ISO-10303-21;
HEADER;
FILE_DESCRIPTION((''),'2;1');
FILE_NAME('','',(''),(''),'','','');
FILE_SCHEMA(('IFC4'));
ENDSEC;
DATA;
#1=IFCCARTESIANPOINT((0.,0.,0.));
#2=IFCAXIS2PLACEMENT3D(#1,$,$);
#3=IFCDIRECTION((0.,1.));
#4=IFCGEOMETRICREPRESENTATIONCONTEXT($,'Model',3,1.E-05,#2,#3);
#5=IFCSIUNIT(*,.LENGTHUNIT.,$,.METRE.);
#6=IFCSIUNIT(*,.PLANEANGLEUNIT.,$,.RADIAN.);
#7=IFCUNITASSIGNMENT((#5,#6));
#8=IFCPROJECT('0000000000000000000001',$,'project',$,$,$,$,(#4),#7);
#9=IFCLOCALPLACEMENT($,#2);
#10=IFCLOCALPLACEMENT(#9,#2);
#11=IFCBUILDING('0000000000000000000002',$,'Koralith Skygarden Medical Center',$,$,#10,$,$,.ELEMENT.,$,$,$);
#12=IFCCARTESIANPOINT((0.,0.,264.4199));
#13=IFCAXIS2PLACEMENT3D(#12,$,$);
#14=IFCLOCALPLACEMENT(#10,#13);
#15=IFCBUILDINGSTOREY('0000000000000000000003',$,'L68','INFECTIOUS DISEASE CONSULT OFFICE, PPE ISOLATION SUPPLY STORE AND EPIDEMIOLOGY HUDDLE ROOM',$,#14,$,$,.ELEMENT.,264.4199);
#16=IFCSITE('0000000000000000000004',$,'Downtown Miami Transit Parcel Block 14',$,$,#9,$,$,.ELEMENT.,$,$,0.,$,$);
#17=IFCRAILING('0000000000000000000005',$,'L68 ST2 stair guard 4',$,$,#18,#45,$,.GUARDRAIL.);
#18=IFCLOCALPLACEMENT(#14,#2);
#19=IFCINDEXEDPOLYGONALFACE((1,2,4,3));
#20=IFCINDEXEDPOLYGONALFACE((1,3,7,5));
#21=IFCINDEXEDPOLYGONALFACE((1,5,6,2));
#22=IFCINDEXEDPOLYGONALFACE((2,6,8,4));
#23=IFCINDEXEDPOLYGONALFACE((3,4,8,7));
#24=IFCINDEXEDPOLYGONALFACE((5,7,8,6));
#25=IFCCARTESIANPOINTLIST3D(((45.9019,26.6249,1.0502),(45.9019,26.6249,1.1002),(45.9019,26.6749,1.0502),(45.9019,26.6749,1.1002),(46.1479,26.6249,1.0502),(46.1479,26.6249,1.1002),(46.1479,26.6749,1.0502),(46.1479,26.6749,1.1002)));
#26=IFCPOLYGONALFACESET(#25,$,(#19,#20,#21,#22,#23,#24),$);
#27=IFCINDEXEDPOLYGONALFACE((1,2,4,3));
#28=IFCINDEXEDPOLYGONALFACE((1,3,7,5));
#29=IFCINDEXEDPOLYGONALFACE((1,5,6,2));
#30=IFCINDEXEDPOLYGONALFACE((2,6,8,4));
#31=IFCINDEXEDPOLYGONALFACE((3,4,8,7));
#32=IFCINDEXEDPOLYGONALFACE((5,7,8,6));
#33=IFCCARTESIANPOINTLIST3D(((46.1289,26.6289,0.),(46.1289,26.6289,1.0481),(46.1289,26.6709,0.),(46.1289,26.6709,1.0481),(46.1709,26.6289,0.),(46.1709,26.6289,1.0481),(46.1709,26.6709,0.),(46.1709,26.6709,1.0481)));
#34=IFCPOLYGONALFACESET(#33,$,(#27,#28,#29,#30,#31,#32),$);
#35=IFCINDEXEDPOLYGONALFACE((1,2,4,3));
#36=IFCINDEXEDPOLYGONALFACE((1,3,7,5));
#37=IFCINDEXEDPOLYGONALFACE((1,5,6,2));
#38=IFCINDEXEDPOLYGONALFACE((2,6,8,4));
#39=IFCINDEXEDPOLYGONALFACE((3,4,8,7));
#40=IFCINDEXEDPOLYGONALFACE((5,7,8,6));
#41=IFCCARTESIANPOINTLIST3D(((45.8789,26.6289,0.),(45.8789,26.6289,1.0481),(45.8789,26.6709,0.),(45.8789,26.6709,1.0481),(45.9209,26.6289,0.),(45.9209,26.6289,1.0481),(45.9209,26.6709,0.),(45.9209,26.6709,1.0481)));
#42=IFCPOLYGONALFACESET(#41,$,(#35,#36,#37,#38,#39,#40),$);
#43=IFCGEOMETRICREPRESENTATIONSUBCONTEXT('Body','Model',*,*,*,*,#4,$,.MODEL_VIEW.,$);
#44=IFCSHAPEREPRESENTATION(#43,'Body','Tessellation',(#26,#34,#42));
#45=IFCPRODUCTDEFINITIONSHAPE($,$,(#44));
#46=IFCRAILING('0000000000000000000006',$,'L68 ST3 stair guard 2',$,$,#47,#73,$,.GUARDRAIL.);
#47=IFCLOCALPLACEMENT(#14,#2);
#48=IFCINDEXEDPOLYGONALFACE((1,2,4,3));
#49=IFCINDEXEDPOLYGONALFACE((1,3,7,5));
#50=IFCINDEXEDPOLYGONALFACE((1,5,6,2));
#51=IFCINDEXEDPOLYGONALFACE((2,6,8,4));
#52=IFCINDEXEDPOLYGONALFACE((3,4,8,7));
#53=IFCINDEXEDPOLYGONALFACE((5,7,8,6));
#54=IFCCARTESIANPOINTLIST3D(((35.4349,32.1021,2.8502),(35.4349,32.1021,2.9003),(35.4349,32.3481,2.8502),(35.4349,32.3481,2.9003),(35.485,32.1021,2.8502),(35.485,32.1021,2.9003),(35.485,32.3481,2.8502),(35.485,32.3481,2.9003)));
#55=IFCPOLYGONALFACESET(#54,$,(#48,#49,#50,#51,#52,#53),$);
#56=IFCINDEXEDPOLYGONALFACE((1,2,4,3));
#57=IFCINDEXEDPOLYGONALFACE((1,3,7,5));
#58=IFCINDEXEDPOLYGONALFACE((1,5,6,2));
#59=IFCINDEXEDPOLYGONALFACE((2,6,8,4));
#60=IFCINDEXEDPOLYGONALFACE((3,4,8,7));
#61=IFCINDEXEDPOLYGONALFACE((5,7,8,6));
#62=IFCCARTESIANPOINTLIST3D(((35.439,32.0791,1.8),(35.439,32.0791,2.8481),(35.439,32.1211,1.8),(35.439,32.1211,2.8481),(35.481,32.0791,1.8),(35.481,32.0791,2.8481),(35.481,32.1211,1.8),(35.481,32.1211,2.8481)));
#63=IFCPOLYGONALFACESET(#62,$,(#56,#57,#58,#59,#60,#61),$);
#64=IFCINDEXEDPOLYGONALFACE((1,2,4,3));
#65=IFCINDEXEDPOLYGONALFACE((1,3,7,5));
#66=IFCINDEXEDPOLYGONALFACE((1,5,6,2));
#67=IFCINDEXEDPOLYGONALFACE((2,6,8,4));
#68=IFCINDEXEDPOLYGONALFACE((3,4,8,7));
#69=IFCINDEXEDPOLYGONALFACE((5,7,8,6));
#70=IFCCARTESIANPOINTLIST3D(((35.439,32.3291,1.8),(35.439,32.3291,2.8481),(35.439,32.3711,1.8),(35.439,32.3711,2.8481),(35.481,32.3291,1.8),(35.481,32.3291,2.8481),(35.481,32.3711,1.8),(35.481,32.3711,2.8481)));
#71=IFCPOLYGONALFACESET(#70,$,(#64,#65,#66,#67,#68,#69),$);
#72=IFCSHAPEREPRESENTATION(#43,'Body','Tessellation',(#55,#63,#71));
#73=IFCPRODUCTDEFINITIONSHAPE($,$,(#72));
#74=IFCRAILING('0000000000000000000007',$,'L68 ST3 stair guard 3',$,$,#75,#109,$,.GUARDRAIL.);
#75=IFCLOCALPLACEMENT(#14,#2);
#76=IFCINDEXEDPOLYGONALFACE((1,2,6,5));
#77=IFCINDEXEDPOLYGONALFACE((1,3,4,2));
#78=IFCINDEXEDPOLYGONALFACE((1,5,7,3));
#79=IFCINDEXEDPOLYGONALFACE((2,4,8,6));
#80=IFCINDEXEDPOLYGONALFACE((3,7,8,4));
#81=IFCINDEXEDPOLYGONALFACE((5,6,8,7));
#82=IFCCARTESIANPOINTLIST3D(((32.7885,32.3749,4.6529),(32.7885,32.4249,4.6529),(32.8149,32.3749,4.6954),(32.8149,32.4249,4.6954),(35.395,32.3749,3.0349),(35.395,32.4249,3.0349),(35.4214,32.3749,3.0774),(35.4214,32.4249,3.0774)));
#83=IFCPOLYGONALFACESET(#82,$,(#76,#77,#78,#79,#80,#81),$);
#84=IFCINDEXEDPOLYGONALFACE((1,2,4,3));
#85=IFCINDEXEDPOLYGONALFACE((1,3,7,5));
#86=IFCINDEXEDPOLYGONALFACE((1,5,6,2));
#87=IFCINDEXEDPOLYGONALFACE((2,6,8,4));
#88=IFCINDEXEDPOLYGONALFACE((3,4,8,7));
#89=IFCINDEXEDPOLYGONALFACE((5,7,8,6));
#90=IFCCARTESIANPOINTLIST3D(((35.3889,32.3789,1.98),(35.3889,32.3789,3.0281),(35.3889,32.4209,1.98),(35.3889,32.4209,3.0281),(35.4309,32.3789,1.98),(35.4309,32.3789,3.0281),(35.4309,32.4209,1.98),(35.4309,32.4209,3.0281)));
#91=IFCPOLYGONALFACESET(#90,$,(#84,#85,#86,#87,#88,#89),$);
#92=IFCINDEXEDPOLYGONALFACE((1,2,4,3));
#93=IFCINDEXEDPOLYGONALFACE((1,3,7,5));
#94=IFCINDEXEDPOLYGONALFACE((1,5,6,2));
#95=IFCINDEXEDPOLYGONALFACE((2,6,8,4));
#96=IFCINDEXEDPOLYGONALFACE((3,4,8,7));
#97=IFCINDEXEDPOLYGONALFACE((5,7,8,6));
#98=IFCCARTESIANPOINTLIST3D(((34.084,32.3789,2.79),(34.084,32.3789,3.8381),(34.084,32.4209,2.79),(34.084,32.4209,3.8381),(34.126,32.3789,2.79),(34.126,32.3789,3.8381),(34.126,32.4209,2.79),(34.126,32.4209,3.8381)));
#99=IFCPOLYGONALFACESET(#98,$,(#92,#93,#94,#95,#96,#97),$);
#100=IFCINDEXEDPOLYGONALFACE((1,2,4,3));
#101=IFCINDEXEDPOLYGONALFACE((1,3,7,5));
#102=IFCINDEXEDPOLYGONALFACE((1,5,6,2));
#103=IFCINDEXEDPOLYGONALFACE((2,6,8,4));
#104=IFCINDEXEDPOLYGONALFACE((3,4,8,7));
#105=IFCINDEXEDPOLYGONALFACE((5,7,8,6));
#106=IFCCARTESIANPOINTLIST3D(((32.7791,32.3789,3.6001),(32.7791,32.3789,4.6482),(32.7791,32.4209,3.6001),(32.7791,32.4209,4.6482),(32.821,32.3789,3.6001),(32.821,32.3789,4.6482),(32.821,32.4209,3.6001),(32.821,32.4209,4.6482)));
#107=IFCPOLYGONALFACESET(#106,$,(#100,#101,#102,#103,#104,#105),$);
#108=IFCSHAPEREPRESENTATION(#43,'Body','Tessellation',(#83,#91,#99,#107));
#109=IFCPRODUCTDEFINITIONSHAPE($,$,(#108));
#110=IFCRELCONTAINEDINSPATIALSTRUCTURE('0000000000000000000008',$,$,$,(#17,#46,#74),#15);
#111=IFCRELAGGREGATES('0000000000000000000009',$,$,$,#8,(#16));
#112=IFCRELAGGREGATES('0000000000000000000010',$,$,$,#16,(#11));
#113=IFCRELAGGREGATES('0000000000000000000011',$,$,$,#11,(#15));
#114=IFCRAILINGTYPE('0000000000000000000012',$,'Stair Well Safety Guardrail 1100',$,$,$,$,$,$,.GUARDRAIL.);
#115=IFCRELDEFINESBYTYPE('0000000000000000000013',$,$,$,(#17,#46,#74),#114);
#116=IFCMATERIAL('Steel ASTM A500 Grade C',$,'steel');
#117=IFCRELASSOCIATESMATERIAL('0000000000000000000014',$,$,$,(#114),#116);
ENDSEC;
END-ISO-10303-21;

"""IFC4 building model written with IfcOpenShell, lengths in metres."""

from ifc_helpers import new_model, si_unit, direction, frame, origin, origin_2d, place, context, subcontext, project, spatial, rectangle, extrude, material, type_object, element, save


model = new_model("IFC4")

# Units and contexts
model_context = context("Model", 3, precision=1e-05, world=origin(), true_north=direction((0.0, 1.0)))
body_context = subcontext(model_context, "Body", "Model", "MODEL_VIEW")
ifc_project = project(units=[si_unit("LENGTHUNIT", "METRE"), si_unit("PLANEANGLEUNIT", "RADIAN")], contexts=[model_context])

# Site, building, storey
site_placement = place(None, origin())
site = spatial("IfcSite", under=ifc_project, at=site_placement, Name="Downtown Miami Transit Parcel Block 14", CompositionType="ELEMENT", RefElevation=0.0)
building_placement = place(site_placement, origin())
building = spatial("IfcBuilding", under=site, at=building_placement, Name="Koralith Skygarden Medical Center", CompositionType="ELEMENT")
storey_placement = place(building_placement, frame((0.0, 0.0, 264.4199)))
storey = spatial("IfcBuildingStorey", under=building, at=storey_placement, Name="L68", Description="INFECTIOUS DISEASE CONSULT OFFICE, PPE ISOLATION SUPPLY STORE AND EPIDEMIOLOGY HUDDLE ROOM", CompositionType="ELEMENT", Elevation=264.4199)

# Railings
ifc_material_1 = material(Name="Steel ASTM A500 Grade C", Category="steel")
railing_type_1 = type_object("IfcRailingType", Name="Stair Well Safety Guardrail 1100", PredefinedType="GUARDRAIL", material=ifc_material_1)
railing_1_placement = place(storey_placement, frame((46.1499, 26.6499, 0.0)))
element("IfcRailing", 1, at=railing_1_placement, inside=storey, type_object=railing_type_1, Name="L68 ST2 stair guard 4", PredefinedType="GUARDRAIL", context=body_context, shape_type="SweptSolid", body=[
    extrude(rectangle(XDim=0.05, YDim=0.05, at=origin_2d()), frame((-0.002, 0.0, 1.0752), z_axis=(-1.0, 0.0, 0.0), x_axis=(0.0, -1.0, 0.0)), (0.0, 0.0, 1.0), 0.2461),
    extrude(rectangle(XDim=0.042, YDim=0.042, at=origin_2d()), origin(), (0.0, 0.0, 1.0), 1.0481),
    extrude(rectangle(XDim=0.042, YDim=0.042, at=origin_2d()), frame((-0.25, 0.0, 0.0)), (0.0, 0.0, 1.0), 1.0481),
])
railing_2_placement = place(storey_placement, frame((35.46, 32.1001, 1.8)))
element("IfcRailing", 2, at=railing_2_placement, inside=storey, type_object=railing_type_1, Name="L68 ST3 stair guard 2", PredefinedType="GUARDRAIL", context=body_context, shape_type="SweptSolid", body=[
    extrude(rectangle(XDim=0.05, YDim=0.05, at=origin_2d()), frame((0.0, 0.002, 1.0752), z_axis=(0.0, 1.0, 0.0), x_axis=(-1.0, 0.0, 0.0)), (0.0, 0.0, 1.0), 0.2461),
    extrude(rectangle(XDim=0.042, YDim=0.042, at=origin_2d()), origin(), (0.0, 0.0, 1.0), 1.0481),
    extrude(rectangle(XDim=0.042, YDim=0.042, at=origin_2d()), frame((0.0, 0.25, 0.0)), (0.0, 0.0, 1.0), 1.0481),
])
railing_3_placement = place(storey_placement, frame((35.4099, 32.3999, 1.98)))
element("IfcRailing", 3, at=railing_3_placement, inside=storey, type_object=railing_type_1, Name="L68 ST3 stair guard 3", PredefinedType="GUARDRAIL", context=body_context, shape_type="SweptSolid", body=[
    extrude(rectangle(XDim=0.05, YDim=0.05, at=origin_2d()), frame((-0.0017, 0.0, 1.0762), z_axis=(-0.849611, 0.0, 0.52741), x_axis=(0.0, -1.0, 0.0)), (0.0, 0.0, 1.0), 3.0679),
    extrude(rectangle(XDim=0.042, YDim=0.042, at=origin_2d()), origin(), (0.0, 0.0, 1.0), 1.0481),
    extrude(rectangle(XDim=0.042, YDim=0.042, at=origin_2d()), frame((-1.3049, 0.0, 0.8101)), (0.0, 0.0, 1.0), 1.0481),
    extrude(rectangle(XDim=0.042, YDim=0.042, at=origin_2d()), frame((-2.6099, 0.0, 1.6201)), (0.0, 0.0, 1.0), 1.0481),
])

save(model, "model.ifc")
